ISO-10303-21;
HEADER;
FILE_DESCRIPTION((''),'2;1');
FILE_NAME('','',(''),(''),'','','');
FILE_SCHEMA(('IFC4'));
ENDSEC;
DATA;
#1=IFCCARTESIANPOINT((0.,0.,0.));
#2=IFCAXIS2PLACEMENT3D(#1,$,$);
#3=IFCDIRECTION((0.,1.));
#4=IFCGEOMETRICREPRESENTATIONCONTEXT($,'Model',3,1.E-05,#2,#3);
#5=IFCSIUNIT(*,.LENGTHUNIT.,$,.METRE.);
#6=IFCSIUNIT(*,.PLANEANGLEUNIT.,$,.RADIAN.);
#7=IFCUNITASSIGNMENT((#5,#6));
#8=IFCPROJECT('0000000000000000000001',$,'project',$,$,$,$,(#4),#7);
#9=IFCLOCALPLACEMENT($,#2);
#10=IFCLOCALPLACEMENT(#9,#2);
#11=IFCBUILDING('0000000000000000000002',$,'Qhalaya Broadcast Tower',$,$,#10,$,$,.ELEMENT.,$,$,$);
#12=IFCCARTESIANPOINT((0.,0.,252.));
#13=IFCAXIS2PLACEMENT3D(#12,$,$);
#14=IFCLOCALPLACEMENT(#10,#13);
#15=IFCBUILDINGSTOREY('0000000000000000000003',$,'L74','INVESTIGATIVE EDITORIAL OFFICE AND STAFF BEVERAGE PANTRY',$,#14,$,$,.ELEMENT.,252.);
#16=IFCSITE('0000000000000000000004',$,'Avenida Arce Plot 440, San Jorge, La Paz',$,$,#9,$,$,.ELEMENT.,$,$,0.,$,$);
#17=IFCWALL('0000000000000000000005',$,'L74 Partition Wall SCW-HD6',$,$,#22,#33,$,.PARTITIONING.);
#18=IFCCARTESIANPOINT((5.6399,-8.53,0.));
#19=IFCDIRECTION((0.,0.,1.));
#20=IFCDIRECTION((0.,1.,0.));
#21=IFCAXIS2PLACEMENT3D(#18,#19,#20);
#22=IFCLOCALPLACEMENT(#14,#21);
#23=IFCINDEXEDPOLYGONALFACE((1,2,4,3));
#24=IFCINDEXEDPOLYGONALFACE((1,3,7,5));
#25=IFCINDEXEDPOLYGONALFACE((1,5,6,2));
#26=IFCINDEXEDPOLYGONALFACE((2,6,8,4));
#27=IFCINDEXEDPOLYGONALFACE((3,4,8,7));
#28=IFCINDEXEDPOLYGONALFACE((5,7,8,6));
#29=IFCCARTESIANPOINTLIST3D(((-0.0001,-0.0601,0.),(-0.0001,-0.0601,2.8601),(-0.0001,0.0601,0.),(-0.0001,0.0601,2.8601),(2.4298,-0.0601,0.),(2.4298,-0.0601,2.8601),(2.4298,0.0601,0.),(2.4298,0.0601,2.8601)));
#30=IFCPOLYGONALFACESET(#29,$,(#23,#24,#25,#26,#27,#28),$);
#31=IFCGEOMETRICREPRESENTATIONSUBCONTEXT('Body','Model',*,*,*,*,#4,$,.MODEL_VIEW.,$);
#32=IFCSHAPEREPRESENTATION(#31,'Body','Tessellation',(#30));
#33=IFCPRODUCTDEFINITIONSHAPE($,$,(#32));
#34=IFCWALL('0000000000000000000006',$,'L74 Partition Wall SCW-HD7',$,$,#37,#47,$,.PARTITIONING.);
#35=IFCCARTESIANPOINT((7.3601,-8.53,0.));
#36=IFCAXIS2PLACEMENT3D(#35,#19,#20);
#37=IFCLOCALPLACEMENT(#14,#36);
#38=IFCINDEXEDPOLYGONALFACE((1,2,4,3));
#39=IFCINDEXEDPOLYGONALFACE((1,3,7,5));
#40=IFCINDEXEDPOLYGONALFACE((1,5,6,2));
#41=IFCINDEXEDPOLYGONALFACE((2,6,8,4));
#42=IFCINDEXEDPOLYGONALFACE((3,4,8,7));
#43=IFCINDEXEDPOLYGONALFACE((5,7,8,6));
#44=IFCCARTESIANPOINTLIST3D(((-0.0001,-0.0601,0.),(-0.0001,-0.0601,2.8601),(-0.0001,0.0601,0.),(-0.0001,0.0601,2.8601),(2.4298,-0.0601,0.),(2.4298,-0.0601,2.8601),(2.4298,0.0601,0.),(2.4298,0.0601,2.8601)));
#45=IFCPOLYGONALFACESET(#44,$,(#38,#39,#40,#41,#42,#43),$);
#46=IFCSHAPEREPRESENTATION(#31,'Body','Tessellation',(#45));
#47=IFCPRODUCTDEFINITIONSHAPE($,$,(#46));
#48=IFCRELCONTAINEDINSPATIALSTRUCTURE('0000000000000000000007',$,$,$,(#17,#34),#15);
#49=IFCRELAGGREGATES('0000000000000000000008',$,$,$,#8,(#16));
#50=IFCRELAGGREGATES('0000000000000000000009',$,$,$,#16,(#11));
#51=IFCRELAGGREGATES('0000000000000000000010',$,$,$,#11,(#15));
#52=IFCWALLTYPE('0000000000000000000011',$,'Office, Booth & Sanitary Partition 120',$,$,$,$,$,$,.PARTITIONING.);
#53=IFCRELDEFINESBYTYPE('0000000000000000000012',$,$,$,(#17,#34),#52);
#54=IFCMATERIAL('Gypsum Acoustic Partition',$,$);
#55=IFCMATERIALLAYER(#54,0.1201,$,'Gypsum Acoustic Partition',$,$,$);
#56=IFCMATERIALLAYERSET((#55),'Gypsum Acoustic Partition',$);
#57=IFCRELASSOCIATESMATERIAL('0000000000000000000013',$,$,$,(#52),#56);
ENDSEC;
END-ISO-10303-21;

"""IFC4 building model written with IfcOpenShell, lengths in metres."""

from ifc_helpers import new_model, si_unit, direction, frame, frame_2d, origin, place, context, subcontext, project, spatial, rectangle, extrude, material, layer, layer_set, type_object, element, save


model = new_model("IFC4")

# Units and contexts
model_context = context("Model", 3, precision=1e-05, world=origin(), true_north=direction((0.0, 1.0)))
body_context = subcontext(model_context, "Body", "Model", "MODEL_VIEW")
ifc_project = project(units=[si_unit("LENGTHUNIT", "METRE"), si_unit("PLANEANGLEUNIT", "RADIAN")], contexts=[model_context])

# Site, building, storey
site_placement = place(None, origin())
site = spatial("IfcSite", under=ifc_project, at=site_placement, Name="Avenida Arce Plot 440, San Jorge, La Paz", CompositionType="ELEMENT", RefElevation=0.0)
building_placement = place(site_placement, origin())
building = spatial("IfcBuilding", under=site, at=building_placement, Name="Qhalaya Broadcast Tower", CompositionType="ELEMENT")
storey_placement = place(building_placement, frame((0.0, 0.0, 252.0)))
storey = spatial("IfcBuildingStorey", under=building, at=storey_placement, Name="L74", Description="INVESTIGATIVE EDITORIAL OFFICE AND STAFF BEVERAGE PANTRY", CompositionType="ELEMENT", Elevation=252.0)

# Shared definitions
ifc_material_1 = material(Name="Gypsum Acoustic Partition")

# Walls
ifc_layer_1 = layer(ifc_material_1, 0.1201, Name="Gypsum Acoustic Partition")
ifc_layer_set_1 = layer_set([ifc_layer_1], Name="Gypsum Acoustic Partition")
wall_type_1 = type_object("IfcWallType", Name="Office, Booth & Sanitary Partition 120", PredefinedType="PARTITIONING", material=ifc_layer_set_1)
for number, where, z_axis, x_axis, name in (
    (1, (5.6399, -8.53, 0.0), (0.0, 0.0, 1.0), (0.0, 1.0, 0.0), "L74 Partition Wall SCW-HD6"),
    (2, (7.3601, -8.53, 0.0), (0.0, 0.0, 1.0), (0.0, 1.0, 0.0), "L74 Partition Wall SCW-HD7"),
):
    element("IfcWall", number, at=place(storey_placement, frame(where, z_axis=z_axis, x_axis=x_axis)), inside=storey, type_object=wall_type_1, Name=name, PredefinedType="PARTITIONING", context=body_context, shape_type="SweptSolid", body=[
        extrude(rectangle(XDim=2.4299, YDim=0.1201, at=frame_2d((1.2148, 0.0))), origin(), (0.0, 0.0, 1.0), 2.8601),
    ])

save(model, "model.ifc")
